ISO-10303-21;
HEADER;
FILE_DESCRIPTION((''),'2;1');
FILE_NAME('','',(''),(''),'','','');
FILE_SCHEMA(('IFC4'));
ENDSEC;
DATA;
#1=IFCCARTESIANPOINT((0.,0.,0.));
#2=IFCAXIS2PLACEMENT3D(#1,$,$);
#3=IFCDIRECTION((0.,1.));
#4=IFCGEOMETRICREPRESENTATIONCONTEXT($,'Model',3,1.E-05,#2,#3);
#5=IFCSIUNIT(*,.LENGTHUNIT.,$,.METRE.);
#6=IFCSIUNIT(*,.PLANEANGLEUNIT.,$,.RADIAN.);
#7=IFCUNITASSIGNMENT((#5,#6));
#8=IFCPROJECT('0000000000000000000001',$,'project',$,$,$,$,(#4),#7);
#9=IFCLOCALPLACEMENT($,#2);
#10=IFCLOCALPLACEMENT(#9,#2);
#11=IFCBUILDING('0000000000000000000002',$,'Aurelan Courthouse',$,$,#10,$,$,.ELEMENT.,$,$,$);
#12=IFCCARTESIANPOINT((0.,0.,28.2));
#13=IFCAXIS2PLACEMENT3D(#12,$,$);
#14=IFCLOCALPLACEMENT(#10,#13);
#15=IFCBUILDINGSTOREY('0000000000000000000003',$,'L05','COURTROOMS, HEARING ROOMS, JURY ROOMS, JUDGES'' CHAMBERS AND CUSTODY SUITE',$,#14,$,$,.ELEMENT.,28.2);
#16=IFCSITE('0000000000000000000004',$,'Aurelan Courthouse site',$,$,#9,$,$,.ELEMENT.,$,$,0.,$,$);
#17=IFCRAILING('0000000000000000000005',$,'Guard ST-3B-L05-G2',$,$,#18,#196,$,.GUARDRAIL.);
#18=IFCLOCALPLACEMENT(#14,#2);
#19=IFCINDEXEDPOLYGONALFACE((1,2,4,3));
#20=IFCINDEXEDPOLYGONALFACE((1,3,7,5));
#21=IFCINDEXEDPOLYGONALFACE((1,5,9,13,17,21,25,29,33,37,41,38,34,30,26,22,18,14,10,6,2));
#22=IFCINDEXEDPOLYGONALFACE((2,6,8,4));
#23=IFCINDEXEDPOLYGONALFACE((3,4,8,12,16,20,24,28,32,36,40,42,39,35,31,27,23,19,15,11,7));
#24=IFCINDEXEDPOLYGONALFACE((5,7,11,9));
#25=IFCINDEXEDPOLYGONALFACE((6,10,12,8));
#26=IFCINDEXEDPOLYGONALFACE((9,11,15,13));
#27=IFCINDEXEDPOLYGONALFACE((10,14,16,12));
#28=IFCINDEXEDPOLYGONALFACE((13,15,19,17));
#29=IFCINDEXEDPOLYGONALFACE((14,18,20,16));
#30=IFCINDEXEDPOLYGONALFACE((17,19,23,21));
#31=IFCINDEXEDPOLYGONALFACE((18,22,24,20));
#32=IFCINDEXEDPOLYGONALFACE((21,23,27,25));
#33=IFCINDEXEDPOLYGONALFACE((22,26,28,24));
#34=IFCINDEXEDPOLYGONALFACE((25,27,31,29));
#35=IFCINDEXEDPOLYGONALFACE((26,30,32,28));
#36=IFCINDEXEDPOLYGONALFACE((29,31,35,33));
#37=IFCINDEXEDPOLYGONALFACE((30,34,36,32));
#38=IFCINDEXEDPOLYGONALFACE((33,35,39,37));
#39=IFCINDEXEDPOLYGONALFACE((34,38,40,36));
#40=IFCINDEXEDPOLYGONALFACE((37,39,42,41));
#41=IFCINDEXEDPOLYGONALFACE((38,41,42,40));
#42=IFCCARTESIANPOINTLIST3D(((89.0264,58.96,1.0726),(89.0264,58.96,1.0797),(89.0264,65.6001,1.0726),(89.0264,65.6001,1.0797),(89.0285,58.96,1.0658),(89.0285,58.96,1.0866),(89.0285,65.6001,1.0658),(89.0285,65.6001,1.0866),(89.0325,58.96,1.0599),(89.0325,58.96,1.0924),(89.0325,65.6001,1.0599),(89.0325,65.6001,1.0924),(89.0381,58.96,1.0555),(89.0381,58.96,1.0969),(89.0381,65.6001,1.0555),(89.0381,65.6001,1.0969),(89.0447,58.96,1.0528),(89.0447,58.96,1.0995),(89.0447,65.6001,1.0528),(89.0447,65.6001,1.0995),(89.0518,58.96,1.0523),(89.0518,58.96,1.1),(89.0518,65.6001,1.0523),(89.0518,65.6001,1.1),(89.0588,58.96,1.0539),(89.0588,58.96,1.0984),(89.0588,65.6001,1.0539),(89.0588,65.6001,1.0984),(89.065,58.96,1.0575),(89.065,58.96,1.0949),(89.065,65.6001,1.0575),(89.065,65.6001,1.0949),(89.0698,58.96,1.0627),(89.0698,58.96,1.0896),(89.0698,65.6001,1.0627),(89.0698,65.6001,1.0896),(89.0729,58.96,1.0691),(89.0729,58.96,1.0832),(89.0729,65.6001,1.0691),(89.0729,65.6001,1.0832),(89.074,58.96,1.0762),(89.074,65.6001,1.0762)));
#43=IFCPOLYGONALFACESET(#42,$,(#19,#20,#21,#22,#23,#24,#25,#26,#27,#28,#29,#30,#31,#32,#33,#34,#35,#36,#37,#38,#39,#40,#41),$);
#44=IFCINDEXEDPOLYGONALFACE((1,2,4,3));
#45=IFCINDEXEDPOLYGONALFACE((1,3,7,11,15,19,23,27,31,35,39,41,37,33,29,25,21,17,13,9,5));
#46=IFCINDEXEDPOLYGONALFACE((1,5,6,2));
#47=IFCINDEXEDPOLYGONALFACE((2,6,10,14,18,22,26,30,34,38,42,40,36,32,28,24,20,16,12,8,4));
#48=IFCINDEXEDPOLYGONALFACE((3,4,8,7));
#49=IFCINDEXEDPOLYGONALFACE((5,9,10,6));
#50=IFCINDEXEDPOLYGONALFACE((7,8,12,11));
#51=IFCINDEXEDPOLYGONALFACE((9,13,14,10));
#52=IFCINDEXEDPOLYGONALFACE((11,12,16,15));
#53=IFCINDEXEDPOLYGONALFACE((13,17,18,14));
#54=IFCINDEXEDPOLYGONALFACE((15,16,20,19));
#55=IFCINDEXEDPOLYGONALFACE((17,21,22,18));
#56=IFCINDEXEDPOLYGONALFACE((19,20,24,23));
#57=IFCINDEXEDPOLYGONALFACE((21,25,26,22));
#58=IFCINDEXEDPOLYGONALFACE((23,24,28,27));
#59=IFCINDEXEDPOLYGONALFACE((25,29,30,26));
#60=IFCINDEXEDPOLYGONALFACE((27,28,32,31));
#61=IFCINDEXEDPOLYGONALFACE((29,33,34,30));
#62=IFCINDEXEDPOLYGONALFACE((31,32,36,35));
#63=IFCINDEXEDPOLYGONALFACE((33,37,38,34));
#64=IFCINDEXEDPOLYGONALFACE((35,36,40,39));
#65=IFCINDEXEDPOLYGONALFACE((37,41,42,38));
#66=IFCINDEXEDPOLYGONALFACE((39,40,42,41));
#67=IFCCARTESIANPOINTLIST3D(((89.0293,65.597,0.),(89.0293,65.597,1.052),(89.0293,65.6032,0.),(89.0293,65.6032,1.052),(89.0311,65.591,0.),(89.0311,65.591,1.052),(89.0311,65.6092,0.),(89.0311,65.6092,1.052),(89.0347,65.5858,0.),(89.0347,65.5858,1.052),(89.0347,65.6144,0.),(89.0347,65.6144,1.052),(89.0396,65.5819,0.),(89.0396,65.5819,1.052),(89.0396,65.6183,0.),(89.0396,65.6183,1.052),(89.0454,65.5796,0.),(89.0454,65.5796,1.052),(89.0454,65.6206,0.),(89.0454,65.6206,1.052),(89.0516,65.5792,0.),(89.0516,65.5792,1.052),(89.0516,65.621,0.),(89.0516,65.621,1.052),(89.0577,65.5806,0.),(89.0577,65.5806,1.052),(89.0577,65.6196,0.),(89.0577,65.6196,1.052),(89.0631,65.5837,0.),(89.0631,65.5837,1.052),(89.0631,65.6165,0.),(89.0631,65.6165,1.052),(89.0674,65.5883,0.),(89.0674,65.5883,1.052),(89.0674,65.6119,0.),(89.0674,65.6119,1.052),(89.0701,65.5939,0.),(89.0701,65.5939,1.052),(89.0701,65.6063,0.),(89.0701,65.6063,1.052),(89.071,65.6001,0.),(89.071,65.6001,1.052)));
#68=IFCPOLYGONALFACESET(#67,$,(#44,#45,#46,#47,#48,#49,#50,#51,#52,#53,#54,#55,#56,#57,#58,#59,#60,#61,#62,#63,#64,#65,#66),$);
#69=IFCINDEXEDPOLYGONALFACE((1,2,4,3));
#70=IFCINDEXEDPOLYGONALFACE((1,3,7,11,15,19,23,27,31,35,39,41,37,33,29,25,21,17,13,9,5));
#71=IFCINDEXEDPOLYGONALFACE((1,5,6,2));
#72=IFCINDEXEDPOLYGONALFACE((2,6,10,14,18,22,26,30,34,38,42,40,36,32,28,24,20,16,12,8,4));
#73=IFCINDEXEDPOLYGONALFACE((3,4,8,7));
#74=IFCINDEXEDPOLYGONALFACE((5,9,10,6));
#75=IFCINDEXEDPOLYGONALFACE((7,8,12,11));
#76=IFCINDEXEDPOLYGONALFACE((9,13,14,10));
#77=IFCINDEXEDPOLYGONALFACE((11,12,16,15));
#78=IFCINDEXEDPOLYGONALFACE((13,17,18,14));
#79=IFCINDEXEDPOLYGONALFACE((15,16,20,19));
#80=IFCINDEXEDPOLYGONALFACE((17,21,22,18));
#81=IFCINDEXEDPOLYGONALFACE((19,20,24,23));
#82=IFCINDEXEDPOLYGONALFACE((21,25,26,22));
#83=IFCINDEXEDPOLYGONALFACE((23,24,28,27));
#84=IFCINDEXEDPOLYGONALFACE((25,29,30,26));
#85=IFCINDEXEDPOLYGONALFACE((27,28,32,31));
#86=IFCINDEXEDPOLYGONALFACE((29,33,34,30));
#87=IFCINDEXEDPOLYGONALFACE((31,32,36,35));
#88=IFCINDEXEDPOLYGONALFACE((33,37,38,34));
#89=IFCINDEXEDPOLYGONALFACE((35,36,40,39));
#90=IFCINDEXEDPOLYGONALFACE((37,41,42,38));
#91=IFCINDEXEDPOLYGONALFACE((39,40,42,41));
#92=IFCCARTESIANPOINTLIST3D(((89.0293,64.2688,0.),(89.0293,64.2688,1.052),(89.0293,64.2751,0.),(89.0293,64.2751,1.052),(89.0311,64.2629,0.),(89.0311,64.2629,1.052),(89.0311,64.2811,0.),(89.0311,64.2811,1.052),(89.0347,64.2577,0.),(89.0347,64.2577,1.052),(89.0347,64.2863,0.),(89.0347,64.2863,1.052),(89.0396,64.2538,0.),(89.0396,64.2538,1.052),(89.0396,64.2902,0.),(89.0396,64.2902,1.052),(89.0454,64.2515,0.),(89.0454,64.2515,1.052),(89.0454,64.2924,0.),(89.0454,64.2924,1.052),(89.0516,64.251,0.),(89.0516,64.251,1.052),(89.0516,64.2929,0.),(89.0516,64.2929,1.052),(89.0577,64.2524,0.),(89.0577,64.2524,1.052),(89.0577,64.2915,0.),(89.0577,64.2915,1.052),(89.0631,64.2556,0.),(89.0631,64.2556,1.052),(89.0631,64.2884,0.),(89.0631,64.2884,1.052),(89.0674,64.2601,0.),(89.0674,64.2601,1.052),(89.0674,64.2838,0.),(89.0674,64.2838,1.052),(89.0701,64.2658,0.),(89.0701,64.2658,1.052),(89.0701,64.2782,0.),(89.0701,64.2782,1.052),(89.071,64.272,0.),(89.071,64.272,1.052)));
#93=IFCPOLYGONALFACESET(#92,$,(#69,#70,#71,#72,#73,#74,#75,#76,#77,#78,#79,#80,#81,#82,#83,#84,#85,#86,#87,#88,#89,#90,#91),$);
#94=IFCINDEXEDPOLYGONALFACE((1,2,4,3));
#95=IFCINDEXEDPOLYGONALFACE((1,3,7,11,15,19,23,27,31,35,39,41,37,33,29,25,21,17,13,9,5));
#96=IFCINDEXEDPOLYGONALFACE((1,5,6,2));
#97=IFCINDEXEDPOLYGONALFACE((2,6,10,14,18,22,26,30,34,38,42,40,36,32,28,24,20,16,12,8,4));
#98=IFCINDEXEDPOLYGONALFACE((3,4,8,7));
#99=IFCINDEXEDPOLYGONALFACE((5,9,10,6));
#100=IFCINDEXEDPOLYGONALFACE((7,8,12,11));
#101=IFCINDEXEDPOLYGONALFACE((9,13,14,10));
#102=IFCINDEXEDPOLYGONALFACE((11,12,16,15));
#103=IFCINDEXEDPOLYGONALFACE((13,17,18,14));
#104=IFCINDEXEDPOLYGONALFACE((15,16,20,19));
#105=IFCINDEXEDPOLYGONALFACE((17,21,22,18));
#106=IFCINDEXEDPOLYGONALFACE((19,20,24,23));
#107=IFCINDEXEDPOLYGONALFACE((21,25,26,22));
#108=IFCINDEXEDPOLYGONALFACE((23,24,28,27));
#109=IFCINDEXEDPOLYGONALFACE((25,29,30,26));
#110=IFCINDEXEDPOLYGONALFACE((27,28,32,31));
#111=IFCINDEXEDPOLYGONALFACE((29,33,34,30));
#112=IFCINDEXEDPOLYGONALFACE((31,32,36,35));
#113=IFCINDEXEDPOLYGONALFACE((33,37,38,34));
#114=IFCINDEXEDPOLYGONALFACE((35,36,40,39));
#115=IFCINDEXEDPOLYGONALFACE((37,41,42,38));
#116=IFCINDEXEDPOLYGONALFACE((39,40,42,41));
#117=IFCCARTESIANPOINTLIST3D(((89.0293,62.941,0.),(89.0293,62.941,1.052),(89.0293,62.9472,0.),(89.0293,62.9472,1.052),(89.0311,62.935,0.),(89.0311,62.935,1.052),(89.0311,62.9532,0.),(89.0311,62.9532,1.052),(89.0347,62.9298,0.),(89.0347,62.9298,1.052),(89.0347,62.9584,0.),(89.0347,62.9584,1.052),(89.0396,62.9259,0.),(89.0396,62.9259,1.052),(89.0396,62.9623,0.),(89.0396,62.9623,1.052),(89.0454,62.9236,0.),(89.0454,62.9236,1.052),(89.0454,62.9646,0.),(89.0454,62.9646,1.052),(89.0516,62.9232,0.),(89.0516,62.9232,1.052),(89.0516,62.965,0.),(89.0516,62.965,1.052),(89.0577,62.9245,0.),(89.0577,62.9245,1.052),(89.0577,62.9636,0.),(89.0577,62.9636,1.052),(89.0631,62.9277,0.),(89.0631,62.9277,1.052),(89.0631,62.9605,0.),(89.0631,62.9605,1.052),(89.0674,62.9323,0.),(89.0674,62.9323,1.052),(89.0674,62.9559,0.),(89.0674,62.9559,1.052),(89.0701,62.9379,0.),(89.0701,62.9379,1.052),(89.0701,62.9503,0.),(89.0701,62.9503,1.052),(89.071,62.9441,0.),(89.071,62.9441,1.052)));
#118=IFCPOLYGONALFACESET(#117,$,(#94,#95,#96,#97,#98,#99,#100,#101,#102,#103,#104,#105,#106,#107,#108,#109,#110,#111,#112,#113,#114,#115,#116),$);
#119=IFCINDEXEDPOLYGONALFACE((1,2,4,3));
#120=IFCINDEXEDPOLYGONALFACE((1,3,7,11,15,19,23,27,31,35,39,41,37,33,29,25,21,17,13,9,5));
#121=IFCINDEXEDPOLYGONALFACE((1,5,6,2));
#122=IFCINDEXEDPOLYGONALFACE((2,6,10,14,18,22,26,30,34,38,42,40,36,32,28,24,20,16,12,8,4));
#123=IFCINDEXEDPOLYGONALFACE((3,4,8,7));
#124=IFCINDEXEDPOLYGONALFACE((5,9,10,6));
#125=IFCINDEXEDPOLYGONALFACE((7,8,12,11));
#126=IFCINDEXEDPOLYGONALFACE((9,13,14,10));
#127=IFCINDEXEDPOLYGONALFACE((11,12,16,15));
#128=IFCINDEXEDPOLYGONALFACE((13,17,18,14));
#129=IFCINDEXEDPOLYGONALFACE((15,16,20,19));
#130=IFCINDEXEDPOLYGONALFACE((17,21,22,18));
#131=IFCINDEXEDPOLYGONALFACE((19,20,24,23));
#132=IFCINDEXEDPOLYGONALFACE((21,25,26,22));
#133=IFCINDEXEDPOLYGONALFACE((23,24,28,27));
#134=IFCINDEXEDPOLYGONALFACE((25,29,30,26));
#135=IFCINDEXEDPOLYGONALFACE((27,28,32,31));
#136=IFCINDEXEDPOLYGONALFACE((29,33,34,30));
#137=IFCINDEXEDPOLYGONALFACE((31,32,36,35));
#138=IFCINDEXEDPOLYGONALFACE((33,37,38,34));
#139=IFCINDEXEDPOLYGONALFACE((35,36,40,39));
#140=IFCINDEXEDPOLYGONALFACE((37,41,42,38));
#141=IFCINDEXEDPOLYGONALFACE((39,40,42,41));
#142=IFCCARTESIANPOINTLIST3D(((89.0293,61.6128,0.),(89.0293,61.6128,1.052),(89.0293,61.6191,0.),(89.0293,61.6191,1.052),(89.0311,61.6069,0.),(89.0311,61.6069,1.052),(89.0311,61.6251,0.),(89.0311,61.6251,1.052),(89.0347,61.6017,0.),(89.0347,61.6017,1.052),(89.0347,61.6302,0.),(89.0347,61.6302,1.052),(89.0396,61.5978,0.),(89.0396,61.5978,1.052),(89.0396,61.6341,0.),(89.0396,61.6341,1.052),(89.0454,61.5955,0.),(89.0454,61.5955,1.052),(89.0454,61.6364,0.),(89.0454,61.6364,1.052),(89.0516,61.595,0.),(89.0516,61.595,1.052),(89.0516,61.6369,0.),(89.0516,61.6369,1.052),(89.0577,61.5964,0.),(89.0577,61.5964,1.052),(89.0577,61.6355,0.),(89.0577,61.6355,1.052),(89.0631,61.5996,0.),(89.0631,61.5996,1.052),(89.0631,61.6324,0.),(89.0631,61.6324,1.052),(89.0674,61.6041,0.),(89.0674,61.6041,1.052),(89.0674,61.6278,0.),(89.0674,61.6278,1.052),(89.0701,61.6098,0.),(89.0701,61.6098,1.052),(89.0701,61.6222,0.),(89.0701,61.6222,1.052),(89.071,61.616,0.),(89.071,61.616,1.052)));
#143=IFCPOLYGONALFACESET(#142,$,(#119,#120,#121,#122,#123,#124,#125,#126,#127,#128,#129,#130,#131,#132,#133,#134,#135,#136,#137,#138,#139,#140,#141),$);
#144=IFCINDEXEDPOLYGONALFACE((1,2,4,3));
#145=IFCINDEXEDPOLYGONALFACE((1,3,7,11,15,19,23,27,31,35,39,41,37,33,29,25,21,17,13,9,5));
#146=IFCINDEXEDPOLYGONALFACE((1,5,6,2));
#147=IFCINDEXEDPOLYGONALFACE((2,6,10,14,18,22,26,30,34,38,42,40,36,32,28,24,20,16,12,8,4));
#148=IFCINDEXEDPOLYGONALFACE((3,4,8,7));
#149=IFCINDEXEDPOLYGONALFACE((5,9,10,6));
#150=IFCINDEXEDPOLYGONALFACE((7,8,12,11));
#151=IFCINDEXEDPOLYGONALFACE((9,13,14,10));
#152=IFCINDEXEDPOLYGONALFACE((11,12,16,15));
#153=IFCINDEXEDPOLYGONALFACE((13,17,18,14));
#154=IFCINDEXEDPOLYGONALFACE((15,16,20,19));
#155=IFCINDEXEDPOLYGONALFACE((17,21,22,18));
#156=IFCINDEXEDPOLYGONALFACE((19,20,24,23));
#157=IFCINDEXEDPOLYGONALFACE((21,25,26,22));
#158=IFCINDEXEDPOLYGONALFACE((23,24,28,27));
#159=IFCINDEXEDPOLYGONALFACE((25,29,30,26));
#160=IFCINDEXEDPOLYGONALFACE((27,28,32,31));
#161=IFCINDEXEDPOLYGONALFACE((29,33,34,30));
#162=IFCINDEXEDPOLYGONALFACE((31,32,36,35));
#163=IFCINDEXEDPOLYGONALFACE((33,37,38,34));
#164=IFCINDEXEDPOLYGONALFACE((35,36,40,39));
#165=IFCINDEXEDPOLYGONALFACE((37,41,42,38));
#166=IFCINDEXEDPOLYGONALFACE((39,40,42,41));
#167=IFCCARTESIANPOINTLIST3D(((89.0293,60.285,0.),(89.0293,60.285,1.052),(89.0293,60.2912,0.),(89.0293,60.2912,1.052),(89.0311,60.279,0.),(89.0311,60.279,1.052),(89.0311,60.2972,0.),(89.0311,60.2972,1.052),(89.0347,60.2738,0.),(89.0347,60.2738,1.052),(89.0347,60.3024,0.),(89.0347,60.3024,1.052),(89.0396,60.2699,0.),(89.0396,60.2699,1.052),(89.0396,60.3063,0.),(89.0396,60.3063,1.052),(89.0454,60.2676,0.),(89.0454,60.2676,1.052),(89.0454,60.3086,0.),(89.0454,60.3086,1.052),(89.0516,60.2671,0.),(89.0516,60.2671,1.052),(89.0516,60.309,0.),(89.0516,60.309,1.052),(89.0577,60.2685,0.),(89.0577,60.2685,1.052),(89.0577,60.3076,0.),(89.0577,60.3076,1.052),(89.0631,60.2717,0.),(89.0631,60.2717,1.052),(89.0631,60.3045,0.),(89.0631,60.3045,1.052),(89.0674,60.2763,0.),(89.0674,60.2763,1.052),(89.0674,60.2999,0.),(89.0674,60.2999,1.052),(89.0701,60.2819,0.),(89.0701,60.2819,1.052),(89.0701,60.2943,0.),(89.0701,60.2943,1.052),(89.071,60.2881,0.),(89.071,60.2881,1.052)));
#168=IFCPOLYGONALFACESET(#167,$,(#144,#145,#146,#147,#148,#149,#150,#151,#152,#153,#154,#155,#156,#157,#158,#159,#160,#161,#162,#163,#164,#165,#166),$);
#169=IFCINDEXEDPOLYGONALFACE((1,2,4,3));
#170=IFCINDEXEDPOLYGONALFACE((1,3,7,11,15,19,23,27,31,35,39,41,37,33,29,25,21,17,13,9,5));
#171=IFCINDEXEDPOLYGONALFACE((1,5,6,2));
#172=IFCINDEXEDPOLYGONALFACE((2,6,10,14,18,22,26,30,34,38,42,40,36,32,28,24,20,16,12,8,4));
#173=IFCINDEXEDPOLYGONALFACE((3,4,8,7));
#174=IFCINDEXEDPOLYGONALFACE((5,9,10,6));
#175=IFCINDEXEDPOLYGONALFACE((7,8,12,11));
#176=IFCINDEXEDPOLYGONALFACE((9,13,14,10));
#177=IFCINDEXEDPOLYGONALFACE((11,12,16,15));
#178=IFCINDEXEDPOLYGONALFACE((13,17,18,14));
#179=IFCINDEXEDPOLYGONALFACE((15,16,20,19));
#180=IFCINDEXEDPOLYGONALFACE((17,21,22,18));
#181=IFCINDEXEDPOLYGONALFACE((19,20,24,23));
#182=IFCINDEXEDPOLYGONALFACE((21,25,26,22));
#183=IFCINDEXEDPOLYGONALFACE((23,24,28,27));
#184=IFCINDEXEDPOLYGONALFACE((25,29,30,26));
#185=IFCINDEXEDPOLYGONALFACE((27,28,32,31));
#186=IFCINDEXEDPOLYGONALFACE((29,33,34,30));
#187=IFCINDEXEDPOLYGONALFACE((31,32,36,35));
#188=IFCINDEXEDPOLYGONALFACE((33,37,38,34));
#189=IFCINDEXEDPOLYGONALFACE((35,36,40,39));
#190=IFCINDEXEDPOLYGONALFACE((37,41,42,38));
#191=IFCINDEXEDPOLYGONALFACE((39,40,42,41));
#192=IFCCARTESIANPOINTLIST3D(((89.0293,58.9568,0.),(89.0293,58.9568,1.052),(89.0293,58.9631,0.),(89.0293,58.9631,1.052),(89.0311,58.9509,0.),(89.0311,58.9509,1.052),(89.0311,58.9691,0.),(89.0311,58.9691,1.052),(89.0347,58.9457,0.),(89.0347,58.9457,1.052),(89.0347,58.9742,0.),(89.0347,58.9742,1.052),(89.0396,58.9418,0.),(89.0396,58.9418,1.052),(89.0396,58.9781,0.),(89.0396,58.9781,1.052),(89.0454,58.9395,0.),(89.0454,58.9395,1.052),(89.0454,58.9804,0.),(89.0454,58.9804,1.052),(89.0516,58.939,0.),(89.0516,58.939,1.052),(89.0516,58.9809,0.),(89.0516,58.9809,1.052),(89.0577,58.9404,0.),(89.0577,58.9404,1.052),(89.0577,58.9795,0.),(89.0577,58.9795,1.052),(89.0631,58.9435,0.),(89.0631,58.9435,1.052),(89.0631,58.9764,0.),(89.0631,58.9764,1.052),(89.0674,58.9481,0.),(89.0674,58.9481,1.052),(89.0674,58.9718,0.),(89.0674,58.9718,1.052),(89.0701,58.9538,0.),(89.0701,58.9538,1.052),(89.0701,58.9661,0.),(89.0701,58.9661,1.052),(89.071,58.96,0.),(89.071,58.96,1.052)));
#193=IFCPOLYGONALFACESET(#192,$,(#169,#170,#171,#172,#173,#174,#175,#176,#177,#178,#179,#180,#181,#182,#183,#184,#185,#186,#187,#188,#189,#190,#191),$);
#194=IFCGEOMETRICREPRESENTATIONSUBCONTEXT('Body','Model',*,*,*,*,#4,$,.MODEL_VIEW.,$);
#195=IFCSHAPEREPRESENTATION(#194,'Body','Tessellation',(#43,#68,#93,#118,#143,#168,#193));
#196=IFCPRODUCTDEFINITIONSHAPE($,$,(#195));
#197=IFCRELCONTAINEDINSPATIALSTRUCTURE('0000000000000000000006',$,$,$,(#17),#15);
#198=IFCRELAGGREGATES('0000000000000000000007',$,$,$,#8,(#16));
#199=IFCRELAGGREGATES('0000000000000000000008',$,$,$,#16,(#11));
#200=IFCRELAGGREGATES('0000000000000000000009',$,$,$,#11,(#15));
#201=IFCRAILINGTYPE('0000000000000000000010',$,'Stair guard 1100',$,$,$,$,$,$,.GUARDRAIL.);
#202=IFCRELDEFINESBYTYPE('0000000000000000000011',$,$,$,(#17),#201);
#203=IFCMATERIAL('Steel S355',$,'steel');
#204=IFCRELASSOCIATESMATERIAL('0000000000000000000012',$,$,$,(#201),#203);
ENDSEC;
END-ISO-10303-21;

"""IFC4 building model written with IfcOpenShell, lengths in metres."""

from ifc_helpers import new_model, si_unit, direction, frame, origin, origin_2d, place, context, subcontext, project, spatial, circle, extrude, material, type_object, element, save


model = new_model("IFC4")

# Units and contexts
model_context = context("Model", 3, precision=1e-05, world=origin(), true_north=direction((0.0, 1.0)))
body_context = subcontext(model_context, "Body", "Model", "MODEL_VIEW")
ifc_project = project(units=[si_unit("LENGTHUNIT", "METRE"), si_unit("PLANEANGLEUNIT", "RADIAN")], contexts=[model_context])

# Site, building, storey
site_placement = place(None, origin())
site = spatial("IfcSite", under=ifc_project, at=site_placement, Name="Aurelan Courthouse site", CompositionType="ELEMENT", RefElevation=0.0)
building_placement = place(site_placement, origin())
building = spatial("IfcBuilding", under=site, at=building_placement, Name="Aurelan Courthouse", CompositionType="ELEMENT")
storey_placement = place(building_placement, frame((0.0, 0.0, 28.2)))
storey = spatial("IfcBuildingStorey", under=building, at=storey_placement, Name="L05", Description="COURTROOMS, HEARING ROOMS, JURY ROOMS, JUDGES' CHAMBERS AND CUSTODY SUITE", CompositionType="ELEMENT", Elevation=28.2)

# Railing
ifc_material_1 = material(Name="Steel S355", Category="steel")
railing_type = type_object("IfcRailingType", Name="Stair guard 1100", PredefinedType="GUARDRAIL", material=ifc_material_1)
railing_1_placement = place(storey_placement, frame((89.05, 65.6001, 0.0)))
element("IfcRailing", 1, at=railing_1_placement, inside=storey, type_object=railing_type, Name="Guard ST-3B-L05-G2", PredefinedType="GUARDRAIL", context=body_context, shape_type="SweptSolid", body=[
    extrude(circle(Radius=0.0239, at=origin_2d()), frame((0.0, 0.0, 1.0762), z_axis=(0.0, -1.0, 0.0), x_axis=(1.0, 0.0, 0.0)), (0.0, 0.0, 1.0), 6.6401),
    extrude(circle(Radius=0.021, at=origin_2d()), origin(), (0.0, 0.0, 1.0), 1.052),
    extrude(circle(Radius=0.021, at=origin_2d()), frame((0.0, -1.3281, 0.0)), (0.0, 0.0, 1.0), 1.052),
    extrude(circle(Radius=0.021, at=origin_2d()), frame((0.0, -2.656, 0.0)), (0.0, 0.0, 1.0), 1.052),
    extrude(circle(Radius=0.021, at=origin_2d()), frame((0.0, -3.9841, 0.0)), (0.0, 0.0, 1.0), 1.052),
    extrude(circle(Radius=0.021, at=origin_2d()), frame((0.0, -5.312, 0.0)), (0.0, 0.0, 1.0), 1.052),
    extrude(circle(Radius=0.021, at=origin_2d()), frame((0.0, -6.6401, 0.0)), (0.0, 0.0, 1.0), 1.052),
])

save(model, "model.ifc")
